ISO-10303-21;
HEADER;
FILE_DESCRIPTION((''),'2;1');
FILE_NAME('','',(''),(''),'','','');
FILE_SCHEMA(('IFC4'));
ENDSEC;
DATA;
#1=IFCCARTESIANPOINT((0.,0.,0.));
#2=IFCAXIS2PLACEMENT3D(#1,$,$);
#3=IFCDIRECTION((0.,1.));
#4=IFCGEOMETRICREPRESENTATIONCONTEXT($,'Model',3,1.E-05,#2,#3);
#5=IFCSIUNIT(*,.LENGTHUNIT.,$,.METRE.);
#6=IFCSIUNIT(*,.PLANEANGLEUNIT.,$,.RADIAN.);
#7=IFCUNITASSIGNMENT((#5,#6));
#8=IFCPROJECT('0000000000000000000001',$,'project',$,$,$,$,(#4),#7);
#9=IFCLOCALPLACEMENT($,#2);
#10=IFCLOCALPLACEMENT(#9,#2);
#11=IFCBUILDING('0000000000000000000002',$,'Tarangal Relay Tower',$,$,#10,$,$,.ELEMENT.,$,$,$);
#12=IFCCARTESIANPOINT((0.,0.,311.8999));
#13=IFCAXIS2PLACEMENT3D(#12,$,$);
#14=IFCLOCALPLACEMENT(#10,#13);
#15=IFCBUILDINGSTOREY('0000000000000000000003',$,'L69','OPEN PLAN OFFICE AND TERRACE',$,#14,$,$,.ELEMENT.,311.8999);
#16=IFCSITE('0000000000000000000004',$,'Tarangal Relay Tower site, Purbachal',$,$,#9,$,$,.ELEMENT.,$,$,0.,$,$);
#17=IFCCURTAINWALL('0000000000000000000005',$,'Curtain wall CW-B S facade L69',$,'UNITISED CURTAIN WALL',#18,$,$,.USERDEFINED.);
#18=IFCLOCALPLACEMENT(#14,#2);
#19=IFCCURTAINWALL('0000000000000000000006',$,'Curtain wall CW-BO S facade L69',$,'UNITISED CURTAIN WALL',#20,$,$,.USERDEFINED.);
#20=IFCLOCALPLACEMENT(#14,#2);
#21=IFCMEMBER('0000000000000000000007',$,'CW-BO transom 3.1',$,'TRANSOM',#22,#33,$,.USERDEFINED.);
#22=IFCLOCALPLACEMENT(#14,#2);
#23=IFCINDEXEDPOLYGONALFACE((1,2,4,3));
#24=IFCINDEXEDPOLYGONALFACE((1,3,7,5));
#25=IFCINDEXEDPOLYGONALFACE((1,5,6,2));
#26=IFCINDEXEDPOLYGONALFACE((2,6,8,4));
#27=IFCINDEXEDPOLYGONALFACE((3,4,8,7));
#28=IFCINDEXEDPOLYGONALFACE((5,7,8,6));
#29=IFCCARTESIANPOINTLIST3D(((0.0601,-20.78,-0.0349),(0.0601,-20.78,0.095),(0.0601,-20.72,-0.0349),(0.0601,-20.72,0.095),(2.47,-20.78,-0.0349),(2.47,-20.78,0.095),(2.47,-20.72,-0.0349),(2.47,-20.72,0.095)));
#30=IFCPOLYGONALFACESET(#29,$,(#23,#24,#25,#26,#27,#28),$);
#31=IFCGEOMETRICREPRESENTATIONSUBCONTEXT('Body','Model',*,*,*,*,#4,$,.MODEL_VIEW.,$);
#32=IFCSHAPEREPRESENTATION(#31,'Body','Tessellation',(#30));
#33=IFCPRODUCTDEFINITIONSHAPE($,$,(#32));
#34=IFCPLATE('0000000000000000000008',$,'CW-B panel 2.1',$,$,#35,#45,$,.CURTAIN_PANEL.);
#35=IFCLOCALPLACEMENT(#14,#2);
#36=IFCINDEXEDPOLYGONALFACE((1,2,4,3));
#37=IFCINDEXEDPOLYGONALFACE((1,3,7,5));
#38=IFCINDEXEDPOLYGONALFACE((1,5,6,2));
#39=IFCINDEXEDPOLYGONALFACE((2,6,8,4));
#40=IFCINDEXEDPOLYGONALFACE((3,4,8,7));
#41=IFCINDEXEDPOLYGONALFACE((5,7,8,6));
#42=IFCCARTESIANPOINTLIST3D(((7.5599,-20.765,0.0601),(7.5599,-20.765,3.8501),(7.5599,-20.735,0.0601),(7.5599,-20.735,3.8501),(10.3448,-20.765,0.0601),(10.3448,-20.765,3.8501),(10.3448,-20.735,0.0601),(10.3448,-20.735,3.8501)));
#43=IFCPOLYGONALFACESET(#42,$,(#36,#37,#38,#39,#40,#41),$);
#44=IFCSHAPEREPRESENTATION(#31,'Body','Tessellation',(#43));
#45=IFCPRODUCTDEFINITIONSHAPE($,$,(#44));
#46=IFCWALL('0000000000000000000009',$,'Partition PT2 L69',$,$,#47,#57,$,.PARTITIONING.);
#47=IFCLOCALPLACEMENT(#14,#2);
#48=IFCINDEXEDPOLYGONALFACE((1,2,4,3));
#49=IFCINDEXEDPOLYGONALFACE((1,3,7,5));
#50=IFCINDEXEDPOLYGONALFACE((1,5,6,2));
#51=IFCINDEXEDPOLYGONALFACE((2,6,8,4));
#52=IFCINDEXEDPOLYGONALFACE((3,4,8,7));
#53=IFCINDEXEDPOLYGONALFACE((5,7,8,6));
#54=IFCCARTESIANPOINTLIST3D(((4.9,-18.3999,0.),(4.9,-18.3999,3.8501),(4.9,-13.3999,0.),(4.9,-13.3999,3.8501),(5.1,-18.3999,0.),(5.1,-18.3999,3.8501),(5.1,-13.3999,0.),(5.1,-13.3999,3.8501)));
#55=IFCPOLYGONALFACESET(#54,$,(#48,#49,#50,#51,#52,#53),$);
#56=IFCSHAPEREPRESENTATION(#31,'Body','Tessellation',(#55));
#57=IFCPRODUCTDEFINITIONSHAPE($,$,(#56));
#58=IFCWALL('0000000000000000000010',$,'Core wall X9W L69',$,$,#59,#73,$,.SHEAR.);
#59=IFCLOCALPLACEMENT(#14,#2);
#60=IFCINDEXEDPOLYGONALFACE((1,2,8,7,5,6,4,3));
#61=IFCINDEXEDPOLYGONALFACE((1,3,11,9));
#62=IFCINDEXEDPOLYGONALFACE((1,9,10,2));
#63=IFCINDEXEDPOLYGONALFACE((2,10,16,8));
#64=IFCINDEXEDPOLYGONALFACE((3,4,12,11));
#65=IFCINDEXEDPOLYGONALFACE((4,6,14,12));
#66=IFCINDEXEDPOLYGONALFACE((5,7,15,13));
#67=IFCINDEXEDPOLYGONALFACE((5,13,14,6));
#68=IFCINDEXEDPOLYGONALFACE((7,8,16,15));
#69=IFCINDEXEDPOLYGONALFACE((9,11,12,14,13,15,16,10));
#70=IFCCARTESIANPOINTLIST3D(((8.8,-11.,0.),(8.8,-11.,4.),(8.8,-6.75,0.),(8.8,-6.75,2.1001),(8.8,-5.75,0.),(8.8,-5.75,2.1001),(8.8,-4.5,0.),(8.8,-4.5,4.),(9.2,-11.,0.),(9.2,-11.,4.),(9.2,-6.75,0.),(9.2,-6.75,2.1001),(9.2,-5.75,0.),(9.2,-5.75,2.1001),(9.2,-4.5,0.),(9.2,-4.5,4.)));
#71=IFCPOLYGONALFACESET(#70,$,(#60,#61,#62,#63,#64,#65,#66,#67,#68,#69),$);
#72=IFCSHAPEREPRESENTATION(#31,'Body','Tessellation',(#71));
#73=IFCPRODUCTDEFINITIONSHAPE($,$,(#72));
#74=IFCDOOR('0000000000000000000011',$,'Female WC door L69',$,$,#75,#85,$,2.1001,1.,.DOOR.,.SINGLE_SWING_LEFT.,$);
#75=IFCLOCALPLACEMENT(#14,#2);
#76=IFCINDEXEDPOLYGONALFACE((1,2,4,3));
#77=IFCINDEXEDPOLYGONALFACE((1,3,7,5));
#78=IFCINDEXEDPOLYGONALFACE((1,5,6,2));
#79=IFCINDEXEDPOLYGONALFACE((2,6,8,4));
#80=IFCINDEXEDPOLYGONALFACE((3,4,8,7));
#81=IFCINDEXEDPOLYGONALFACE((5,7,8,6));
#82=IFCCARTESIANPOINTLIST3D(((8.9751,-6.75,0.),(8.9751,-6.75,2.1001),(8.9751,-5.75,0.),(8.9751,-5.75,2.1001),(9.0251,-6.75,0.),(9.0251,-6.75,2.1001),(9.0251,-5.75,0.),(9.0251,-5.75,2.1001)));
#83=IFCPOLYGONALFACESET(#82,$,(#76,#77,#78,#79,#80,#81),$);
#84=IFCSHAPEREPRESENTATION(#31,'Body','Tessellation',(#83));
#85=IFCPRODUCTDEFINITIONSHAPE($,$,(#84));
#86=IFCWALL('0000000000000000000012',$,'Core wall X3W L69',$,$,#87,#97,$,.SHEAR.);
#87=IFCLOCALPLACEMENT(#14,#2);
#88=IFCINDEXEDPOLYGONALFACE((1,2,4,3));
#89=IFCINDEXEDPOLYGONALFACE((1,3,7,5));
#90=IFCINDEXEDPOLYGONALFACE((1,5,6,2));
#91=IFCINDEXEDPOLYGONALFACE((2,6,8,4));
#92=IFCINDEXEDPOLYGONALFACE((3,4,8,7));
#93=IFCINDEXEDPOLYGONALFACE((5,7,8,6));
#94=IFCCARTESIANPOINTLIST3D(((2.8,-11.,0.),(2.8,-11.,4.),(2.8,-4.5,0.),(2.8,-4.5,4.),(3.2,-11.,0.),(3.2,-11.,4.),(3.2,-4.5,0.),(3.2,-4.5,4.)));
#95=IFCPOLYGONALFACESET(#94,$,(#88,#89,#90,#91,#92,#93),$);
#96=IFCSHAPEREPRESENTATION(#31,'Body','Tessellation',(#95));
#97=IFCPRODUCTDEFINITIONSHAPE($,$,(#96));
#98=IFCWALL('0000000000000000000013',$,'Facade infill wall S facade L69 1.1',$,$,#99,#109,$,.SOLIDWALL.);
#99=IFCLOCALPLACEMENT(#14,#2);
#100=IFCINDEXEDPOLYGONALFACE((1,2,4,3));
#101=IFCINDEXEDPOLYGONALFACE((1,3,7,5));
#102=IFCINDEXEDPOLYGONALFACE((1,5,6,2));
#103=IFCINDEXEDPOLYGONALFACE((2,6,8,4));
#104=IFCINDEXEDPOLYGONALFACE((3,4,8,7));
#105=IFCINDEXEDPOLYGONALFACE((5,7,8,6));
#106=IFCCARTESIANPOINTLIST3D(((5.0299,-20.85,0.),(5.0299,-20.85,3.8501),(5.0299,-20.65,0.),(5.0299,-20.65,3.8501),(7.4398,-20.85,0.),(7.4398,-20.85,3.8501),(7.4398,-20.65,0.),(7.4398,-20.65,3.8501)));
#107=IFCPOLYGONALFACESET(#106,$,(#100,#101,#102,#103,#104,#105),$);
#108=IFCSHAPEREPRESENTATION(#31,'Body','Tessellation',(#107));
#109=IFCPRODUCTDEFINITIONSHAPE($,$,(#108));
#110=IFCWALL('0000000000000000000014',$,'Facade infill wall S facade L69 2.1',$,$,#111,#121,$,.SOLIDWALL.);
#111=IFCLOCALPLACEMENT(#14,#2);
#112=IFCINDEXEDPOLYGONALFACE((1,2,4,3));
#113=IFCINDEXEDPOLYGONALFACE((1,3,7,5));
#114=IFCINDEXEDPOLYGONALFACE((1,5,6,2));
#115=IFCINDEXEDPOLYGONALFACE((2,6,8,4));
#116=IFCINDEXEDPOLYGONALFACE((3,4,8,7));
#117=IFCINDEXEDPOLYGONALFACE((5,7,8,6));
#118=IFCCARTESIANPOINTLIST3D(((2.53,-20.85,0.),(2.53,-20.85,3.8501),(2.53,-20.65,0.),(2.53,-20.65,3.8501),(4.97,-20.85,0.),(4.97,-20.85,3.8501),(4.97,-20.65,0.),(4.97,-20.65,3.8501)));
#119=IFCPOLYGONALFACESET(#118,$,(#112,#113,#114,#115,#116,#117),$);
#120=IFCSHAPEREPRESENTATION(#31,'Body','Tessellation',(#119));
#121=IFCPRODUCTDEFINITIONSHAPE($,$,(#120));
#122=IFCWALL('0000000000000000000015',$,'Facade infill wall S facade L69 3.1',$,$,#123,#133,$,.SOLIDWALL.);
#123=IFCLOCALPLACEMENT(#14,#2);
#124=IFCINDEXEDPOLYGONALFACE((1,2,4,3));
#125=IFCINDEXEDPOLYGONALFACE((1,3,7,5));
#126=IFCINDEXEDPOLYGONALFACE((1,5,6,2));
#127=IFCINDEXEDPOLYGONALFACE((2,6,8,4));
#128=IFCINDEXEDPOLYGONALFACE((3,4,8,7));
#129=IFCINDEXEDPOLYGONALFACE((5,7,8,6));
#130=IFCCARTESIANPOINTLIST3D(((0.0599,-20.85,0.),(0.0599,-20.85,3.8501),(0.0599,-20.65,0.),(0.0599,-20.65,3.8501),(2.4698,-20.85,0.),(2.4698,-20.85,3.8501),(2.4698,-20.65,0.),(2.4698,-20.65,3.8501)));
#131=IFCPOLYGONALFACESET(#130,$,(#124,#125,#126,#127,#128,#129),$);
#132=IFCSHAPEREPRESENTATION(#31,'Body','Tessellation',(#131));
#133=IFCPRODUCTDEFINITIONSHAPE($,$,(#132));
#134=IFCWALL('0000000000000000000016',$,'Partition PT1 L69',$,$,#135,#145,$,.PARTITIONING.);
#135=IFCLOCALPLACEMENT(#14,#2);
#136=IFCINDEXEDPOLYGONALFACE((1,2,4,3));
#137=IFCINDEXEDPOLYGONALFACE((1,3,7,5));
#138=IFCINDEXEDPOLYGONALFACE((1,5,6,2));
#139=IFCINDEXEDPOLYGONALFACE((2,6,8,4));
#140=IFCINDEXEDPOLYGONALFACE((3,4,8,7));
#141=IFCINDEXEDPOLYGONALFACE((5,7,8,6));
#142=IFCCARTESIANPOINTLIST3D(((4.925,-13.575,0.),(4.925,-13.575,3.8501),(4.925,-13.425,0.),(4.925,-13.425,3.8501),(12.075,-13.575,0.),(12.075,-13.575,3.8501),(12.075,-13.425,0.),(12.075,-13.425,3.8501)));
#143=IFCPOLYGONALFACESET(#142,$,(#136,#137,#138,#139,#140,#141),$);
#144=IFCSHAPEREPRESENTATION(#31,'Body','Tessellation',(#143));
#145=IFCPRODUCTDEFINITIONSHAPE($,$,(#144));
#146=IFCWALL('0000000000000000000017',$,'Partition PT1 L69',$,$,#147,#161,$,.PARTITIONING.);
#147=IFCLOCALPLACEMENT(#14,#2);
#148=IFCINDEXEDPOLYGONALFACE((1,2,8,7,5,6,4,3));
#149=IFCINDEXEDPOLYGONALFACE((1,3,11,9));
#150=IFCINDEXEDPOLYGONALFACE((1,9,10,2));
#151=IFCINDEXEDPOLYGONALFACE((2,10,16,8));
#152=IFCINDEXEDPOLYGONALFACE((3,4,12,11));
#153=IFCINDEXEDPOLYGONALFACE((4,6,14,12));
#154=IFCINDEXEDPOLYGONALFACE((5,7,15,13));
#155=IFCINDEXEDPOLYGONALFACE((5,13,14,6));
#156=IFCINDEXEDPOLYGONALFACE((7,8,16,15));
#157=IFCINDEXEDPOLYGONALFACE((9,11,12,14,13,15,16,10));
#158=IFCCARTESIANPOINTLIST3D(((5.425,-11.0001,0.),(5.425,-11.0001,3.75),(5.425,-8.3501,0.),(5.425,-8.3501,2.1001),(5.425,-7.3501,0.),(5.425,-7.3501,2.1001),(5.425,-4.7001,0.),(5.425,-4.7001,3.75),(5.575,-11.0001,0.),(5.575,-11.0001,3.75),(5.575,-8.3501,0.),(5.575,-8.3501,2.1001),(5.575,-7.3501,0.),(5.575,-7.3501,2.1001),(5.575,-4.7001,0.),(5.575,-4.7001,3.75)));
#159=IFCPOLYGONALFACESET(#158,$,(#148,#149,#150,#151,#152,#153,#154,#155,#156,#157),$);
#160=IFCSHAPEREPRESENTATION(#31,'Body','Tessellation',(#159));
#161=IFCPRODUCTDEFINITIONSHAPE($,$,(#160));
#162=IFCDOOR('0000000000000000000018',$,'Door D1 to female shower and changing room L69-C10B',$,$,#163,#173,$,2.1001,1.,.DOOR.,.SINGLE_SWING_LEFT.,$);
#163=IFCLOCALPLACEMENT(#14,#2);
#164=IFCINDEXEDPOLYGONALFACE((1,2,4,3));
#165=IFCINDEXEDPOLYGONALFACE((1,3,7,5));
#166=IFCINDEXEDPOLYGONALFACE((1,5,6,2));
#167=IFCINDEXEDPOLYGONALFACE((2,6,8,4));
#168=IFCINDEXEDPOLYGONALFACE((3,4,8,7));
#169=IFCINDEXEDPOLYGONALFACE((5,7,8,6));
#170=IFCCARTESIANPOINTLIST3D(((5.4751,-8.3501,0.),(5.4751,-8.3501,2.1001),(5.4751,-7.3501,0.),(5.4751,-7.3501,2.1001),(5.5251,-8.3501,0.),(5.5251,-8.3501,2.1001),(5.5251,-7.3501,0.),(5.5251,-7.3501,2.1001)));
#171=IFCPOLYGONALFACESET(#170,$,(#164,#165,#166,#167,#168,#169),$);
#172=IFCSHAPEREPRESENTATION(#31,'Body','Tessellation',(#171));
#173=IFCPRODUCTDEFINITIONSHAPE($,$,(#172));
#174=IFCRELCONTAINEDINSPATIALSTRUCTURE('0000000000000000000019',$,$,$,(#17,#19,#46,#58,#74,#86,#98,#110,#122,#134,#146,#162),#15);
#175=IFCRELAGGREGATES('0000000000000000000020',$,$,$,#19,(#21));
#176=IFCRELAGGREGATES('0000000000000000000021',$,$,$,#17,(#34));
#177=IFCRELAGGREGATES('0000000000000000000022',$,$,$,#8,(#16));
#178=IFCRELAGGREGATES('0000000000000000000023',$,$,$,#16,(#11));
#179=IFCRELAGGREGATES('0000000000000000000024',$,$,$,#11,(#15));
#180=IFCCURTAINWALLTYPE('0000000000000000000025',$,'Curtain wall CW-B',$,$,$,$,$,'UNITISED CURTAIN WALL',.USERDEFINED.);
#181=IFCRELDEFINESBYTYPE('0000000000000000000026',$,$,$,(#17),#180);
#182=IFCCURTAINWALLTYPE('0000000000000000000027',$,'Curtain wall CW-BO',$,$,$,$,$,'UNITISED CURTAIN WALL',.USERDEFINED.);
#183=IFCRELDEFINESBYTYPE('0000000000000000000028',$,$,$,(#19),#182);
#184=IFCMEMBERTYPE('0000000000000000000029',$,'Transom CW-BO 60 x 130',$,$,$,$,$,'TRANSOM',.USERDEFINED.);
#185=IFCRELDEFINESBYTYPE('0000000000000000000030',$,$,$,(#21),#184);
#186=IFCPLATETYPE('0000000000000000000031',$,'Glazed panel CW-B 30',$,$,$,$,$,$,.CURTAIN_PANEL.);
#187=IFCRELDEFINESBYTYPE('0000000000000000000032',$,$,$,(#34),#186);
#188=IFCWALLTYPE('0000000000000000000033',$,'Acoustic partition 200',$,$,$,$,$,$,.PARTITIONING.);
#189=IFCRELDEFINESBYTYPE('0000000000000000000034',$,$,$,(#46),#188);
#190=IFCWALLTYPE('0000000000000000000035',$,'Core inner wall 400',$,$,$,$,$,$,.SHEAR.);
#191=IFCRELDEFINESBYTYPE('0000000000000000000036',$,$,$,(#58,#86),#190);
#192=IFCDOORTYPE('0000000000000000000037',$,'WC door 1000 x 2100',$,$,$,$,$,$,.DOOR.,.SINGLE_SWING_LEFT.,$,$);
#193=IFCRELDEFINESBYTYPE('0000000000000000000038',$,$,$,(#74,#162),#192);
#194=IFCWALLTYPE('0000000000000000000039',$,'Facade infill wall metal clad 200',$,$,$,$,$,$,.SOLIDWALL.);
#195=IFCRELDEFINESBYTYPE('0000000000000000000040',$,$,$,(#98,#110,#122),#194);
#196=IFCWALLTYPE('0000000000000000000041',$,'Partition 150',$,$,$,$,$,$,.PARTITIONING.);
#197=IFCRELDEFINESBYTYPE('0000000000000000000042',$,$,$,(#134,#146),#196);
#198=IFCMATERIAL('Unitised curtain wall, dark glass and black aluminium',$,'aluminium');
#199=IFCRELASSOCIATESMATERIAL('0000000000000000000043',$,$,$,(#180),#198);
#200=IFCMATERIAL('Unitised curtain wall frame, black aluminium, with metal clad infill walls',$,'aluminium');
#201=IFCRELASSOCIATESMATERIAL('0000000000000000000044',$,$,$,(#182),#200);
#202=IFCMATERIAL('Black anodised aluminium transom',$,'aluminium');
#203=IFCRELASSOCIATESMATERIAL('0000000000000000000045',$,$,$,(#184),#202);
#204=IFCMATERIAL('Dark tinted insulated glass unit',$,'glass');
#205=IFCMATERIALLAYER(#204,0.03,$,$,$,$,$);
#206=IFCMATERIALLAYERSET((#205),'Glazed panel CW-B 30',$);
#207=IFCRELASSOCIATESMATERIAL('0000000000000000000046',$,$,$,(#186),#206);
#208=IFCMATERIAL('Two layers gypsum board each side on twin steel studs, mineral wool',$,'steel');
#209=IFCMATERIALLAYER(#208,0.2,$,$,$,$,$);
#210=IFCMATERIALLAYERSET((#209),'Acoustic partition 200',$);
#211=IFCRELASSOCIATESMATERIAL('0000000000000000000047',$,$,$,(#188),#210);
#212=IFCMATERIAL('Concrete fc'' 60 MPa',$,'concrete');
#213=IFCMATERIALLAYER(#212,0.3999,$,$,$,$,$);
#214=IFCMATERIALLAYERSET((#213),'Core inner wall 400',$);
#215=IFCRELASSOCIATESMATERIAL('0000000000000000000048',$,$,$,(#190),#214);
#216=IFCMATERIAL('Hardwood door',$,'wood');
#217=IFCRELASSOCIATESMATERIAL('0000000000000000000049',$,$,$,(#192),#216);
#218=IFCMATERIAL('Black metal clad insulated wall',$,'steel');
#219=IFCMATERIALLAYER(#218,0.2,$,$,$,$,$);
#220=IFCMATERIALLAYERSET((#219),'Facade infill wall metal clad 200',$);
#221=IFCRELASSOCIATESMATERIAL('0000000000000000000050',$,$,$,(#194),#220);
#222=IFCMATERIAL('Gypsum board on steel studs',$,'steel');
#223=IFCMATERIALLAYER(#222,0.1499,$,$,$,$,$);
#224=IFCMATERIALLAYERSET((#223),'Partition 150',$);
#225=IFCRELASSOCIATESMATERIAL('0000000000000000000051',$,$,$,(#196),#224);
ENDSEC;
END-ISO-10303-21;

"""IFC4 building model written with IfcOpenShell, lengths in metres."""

from ifc_helpers import new_model, si_unit, direction, frame, frame_2d, origin, origin_2d, place, context, subcontext, project, spatial, rectangle, extrude, material, layer, layer_set, material_profile, profile_set, type_object, element, fill, aggregate, save


model = new_model("IFC4")

# Units and contexts
model_context = context("Model", 3, precision=1e-05, world=origin(), true_north=direction((0.0, 1.0)))
body_context = subcontext(model_context, "Body", "Model", "MODEL_VIEW")
ifc_project = project(units=[si_unit("LENGTHUNIT", "METRE"), si_unit("PLANEANGLEUNIT", "RADIAN")], contexts=[model_context])

# Site, building, storey
site_placement = place(None, origin())
site = spatial("IfcSite", under=ifc_project, at=site_placement, Name="Tarangal Relay Tower site, Purbachal", CompositionType="ELEMENT", RefElevation=0.0)
building_placement = place(site_placement, origin())
building = spatial("IfcBuilding", under=site, at=building_placement, Name="Tarangal Relay Tower", CompositionType="ELEMENT")
storey_placement = place(building_placement, frame((0.0, 0.0, 311.8999)))
storey = spatial("IfcBuildingStorey", under=building, at=storey_placement, Name="L69", Description="OPEN PLAN OFFICE AND TERRACE", CompositionType="ELEMENT", Elevation=311.8999)

# Curtain wall
ifc_material_1 = material(Name="Unitised curtain wall, dark glass and black aluminium", Category="aluminium")
curtain_wall_type_1 = type_object("IfcCurtainWallType", Name="Curtain wall CW-B", ElementType="UNITISED CURTAIN WALL", PredefinedType="USERDEFINED", material=ifc_material_1)
curtain_wall_1_placement = place(storey_placement, origin())
curtain_wall_1 = element("IfcCurtainWall", 1, at=curtain_wall_1_placement, inside=storey, type_object=curtain_wall_type_1, Name="Curtain wall CW-B S facade L69", ObjectType="UNITISED CURTAIN WALL", PredefinedType="USERDEFINED")

# Curtain wall, member
ifc_material_2 = material(Name="Unitised curtain wall frame, black aluminium, with metal clad infill walls", Category="aluminium")
curtain_wall_type_2 = type_object("IfcCurtainWallType", Name="Curtain wall CW-BO", ElementType="UNITISED CURTAIN WALL", PredefinedType="USERDEFINED", material=ifc_material_2)
curtain_wall_2_placement = place(storey_placement, origin())
curtain_wall_2 = element("IfcCurtainWall", 2, at=curtain_wall_2_placement, inside=storey, type_object=curtain_wall_type_2, Name="Curtain wall CW-BO S facade L69", ObjectType="UNITISED CURTAIN WALL", PredefinedType="USERDEFINED")
ifc_material_3 = material(Name="Black anodised aluminium transom", Category="aluminium")
ifc_material_profile_1 = material_profile(ifc_material_3, rectangle(XDim=0.0601, YDim=0.1299, at=origin_2d()), Name="CW-BOT 60X130")
ifc_profile_set_1 = profile_set([ifc_material_profile_1], Name="Black anodised aluminium transom")
member_type_1 = type_object("IfcMemberType", Name="Transom CW-BO 60 x 130", ElementType="TRANSOM", PredefinedType="USERDEFINED", material=ifc_profile_set_1)
member_1_placement = place(storey_placement, frame((2.47, -20.75, 0.03), z_axis=(-1.0, 0.0, 0.0), x_axis=(0.0, -1.0, 0.0)))
member_1 = element("IfcMember", 3, at=member_1_placement, type_object=member_type_1, Name="CW-BO transom 3.1", ObjectType="TRANSOM", PredefinedType="USERDEFINED", context=body_context, shape_type="SweptSolid", body=[
    extrude(rectangle(XDim=0.0601, YDim=0.1299, at=origin_2d()), origin(), (0.0, 0.0, 1.0), 2.4099),
])
aggregate(curtain_wall_2, [member_1])

# Plate
ifc_material_4 = material(Name="Dark tinted insulated glass unit", Category="glass")
ifc_layer_1 = layer(ifc_material_4, 0.03)
ifc_layer_set_1 = layer_set([ifc_layer_1], Name="Glazed panel CW-B 30")
plate_type = type_object("IfcPlateType", Name="Glazed panel CW-B 30", PredefinedType="CURTAIN_PANEL", material=ifc_layer_set_1)
plate_placement = place(storey_placement, frame((8.9524, -20.75, 0.0601), z_axis=(0.0, 0.0, 1.0), x_axis=(-1.0, 0.0, 0.0)))
plate = element("IfcPlate", 4, at=plate_placement, type_object=plate_type, Name="CW-B panel 2.1", PredefinedType="CURTAIN_PANEL", context=body_context, shape_type="SweptSolid", body=[
    extrude(rectangle(XDim=2.7849, YDim=0.03, at=origin_2d()), origin(), (0.0, 0.0, 1.0), 3.79),
])
aggregate(curtain_wall_1, [plate])

# Wall
ifc_material_5 = material(Name="Two layers gypsum board each side on twin steel studs, mineral wool", Category="steel")
ifc_layer_2 = layer(ifc_material_5, 0.2)
ifc_layer_set_2 = layer_set([ifc_layer_2], Name="Acoustic partition 200")
wall_type_1 = type_object("IfcWallType", Name="Acoustic partition 200", PredefinedType="PARTITIONING", material=ifc_layer_set_2)
wall_1_placement = place(storey_placement, frame((5.0, -18.3999, 0.0), z_axis=(0.0, 0.0, 1.0), x_axis=(0.0, 1.0, 0.0)))
element("IfcWall", 5, at=wall_1_placement, inside=storey, type_object=wall_type_1, Name="Partition PT2 L69", PredefinedType="PARTITIONING", context=body_context, shape_type="SweptSolid", body=[
    extrude(rectangle(XDim=5.0, YDim=0.2, at=frame_2d((2.5, 0.0))), origin(), (0.0, 0.0, 1.0), 3.8501),
])

# Wall, opening, door
ifc_material_6 = material(Name="Concrete fc' 60 MPa", Category="concrete")
ifc_layer_3 = layer(ifc_material_6, 0.3999)
ifc_layer_set_3 = layer_set([ifc_layer_3], Name="Core inner wall 400")
wall_type_2 = type_object("IfcWallType", Name="Core inner wall 400", PredefinedType="SHEAR", material=ifc_layer_set_3)
wall_2_placement = place(storey_placement, frame((9.0, -11.0, 0.0), z_axis=(0.0, 0.0, 1.0), x_axis=(0.0, 1.0, 0.0)))
wall_2 = element("IfcWall", 6, at=wall_2_placement, inside=storey, type_object=wall_type_2, Name="Core wall X9W L69", PredefinedType="SHEAR", context=body_context, shape_type="SweptSolid", body=[
    extrude(rectangle(XDim=6.5, YDim=0.3999, at=frame_2d((3.25, 0.0))), origin(), (0.0, 0.0, 1.0), 4.0),
])
opening_1_placement = place(wall_2_placement, frame((4.25, 0.0, 0.0)))
opening_1 = element("IfcOpeningElement", 7, at=opening_1_placement, cuts=wall_2, PredefinedType="OPENING", context=body_context, shape_type="SweptSolid", body=[
    extrude(rectangle(XDim=1.0, YDim=2.1001, at=frame_2d((0.5, 1.05))), frame((0.0, 0.21, 0.0), z_axis=(0.0, -1.0, 0.0), x_axis=(1.0, 0.0, 0.0)), (0.0, 0.0, 1.0), 0.4199),
])
ifc_material_7 = material(Name="Hardwood door", Category="wood")
door_type = type_object("IfcDoorType", Name="WC door 1000 x 2100", OperationType="SINGLE_SWING_LEFT", PredefinedType="DOOR", material=ifc_material_7)
door_1_placement = place(opening_1_placement, origin())
door_1 = element("IfcDoor", 8, at=door_1_placement, inside=storey, type_object=door_type, Name="Female WC door L69", OperationType="SINGLE_SWING_LEFT", OverallHeight=2.1001, OverallWidth=1.0, PredefinedType="DOOR", context=body_context, shape_type="SweptSolid", body=[
    extrude(rectangle(XDim=1.0, YDim=2.1001, at=frame_2d((0.5, 1.05))), frame((0.0, 0.0249, 0.0), z_axis=(0.0, -1.0, 0.0), x_axis=(1.0, 0.0, 0.0)), (0.0, 0.0, 1.0), 0.05),
])
fill(opening_1, door_1)

# Walls
wall_3_placement = place(storey_placement, frame((3.0, -11.0, 0.0), z_axis=(0.0, 0.0, 1.0), x_axis=(0.0, 1.0, 0.0)))
element("IfcWall", 9, at=wall_3_placement, inside=storey, type_object=wall_type_2, Name="Core wall X3W L69", PredefinedType="SHEAR", context=body_context, shape_type="SweptSolid", body=[
    extrude(rectangle(XDim=6.5, YDim=0.3999, at=frame_2d((3.25, 0.0))), origin(), (0.0, 0.0, 1.0), 4.0),
])
ifc_material_8 = material(Name="Black metal clad insulated wall", Category="steel")
ifc_layer_4 = layer(ifc_material_8, 0.2)
ifc_layer_set_4 = layer_set([ifc_layer_4], Name="Facade infill wall metal clad 200")
wall_type_3 = type_object("IfcWallType", Name="Facade infill wall metal clad 200", PredefinedType="SOLIDWALL", material=ifc_layer_set_4)
wall_4_placement = place(storey_placement, frame((7.4399, -20.75, 0.0), z_axis=(0.0, 0.0, 1.0), x_axis=(-1.0, 0.0, 0.0)))
element("IfcWall", 10, at=wall_4_placement, inside=storey, type_object=wall_type_3, Name="Facade infill wall S facade L69 1.1", PredefinedType="SOLIDWALL", context=body_context, shape_type="SweptSolid", body=[
    extrude(rectangle(XDim=2.4099, YDim=0.2, at=frame_2d((1.2051, 0.0))), origin(), (0.0, 0.0, 1.0), 3.8501),
])
wall_5_placement = place(storey_placement, frame((4.97, -20.75, 0.0), z_axis=(0.0, 0.0, 1.0), x_axis=(-1.0, 0.0, 0.0)))
element("IfcWall", 11, at=wall_5_placement, inside=storey, type_object=wall_type_3, Name="Facade infill wall S facade L69 2.1", PredefinedType="SOLIDWALL", context=body_context, shape_type="SweptSolid", body=[
    extrude(rectangle(XDim=2.4399, YDim=0.2, at=frame_2d((1.22, 0.0))), origin(), (0.0, 0.0, 1.0), 3.8501),
])
wall_6_placement = place(storey_placement, frame((2.47, -20.75, 0.0), z_axis=(0.0, 0.0, 1.0), x_axis=(-1.0, 0.0, 0.0)))
element("IfcWall", 12, at=wall_6_placement, inside=storey, type_object=wall_type_3, Name="Facade infill wall S facade L69 3.1", PredefinedType="SOLIDWALL", context=body_context, shape_type="SweptSolid", body=[
    extrude(rectangle(XDim=2.4099, YDim=0.2, at=frame_2d((1.2051, 0.0))), origin(), (0.0, 0.0, 1.0), 3.8501),
])
ifc_material_9 = material(Name="Gypsum board on steel studs", Category="steel")
ifc_layer_5 = layer(ifc_material_9, 0.1499)
ifc_layer_set_5 = layer_set([ifc_layer_5], Name="Partition 150")
wall_type_4 = type_object("IfcWallType", Name="Partition 150", PredefinedType="PARTITIONING", material=ifc_layer_set_5)
wall_7_placement = place(storey_placement, frame((4.925, -13.5, 0.0), z_axis=(0.0, 0.0, 1.0), x_axis=(1.0, 0.0, 0.0)))
element("IfcWall", 13, at=wall_7_placement, inside=storey, type_object=wall_type_4, Name="Partition PT1 L69", PredefinedType="PARTITIONING", context=body_context, shape_type="SweptSolid", body=[
    extrude(rectangle(XDim=7.1499, YDim=0.1499, at=frame_2d((3.575, 0.0))), origin(), (0.0, 0.0, 1.0), 3.8501),
])

# Wall, opening, door
wall_8_placement = place(storey_placement, frame((5.5, -11.0, 0.0), z_axis=(0.0, 0.0, 1.0), x_axis=(0.0, 1.0, 0.0)))
wall_8 = element("IfcWall", 14, at=wall_8_placement, inside=storey, type_object=wall_type_4, Name="Partition PT1 L69", PredefinedType="PARTITIONING", context=body_context, shape_type="SweptSolid", body=[
    extrude(rectangle(XDim=6.3, YDim=0.1499, at=frame_2d((3.1499, 0.0))), origin(), (0.0, 0.0, 1.0), 3.75),
])
opening_2_placement = place(wall_8_placement, frame((2.6499, 0.0, 0.0)))
opening_2 = element("IfcOpeningElement", 15, at=opening_2_placement, cuts=wall_8, PredefinedType="OPENING", context=body_context, shape_type="SweptSolid", body=[
    extrude(rectangle(XDim=1.0, YDim=2.1001, at=frame_2d((0.5, 1.05))), frame((0.0, 0.085, 0.0), z_axis=(0.0, -1.0, 0.0), x_axis=(1.0, 0.0, 0.0)), (0.0, 0.0, 1.0), 0.1699),
])
door_2_placement = place(opening_2_placement, origin())
door_2 = element("IfcDoor", 16, at=door_2_placement, inside=storey, type_object=door_type, Name="Door D1 to female shower and changing room L69-C10B", OperationType="SINGLE_SWING_LEFT", OverallHeight=2.1001, OverallWidth=1.0, PredefinedType="DOOR", context=body_context, shape_type="SweptSolid", body=[
    extrude(rectangle(XDim=1.0, YDim=2.1001, at=frame_2d((0.5, 1.05))), frame((0.0, 0.0249, 0.0), z_axis=(0.0, -1.0, 0.0), x_axis=(1.0, 0.0, 0.0)), (0.0, 0.0, 1.0), 0.05),
])
fill(opening_2, door_2)

save(model, "model.ifc")
